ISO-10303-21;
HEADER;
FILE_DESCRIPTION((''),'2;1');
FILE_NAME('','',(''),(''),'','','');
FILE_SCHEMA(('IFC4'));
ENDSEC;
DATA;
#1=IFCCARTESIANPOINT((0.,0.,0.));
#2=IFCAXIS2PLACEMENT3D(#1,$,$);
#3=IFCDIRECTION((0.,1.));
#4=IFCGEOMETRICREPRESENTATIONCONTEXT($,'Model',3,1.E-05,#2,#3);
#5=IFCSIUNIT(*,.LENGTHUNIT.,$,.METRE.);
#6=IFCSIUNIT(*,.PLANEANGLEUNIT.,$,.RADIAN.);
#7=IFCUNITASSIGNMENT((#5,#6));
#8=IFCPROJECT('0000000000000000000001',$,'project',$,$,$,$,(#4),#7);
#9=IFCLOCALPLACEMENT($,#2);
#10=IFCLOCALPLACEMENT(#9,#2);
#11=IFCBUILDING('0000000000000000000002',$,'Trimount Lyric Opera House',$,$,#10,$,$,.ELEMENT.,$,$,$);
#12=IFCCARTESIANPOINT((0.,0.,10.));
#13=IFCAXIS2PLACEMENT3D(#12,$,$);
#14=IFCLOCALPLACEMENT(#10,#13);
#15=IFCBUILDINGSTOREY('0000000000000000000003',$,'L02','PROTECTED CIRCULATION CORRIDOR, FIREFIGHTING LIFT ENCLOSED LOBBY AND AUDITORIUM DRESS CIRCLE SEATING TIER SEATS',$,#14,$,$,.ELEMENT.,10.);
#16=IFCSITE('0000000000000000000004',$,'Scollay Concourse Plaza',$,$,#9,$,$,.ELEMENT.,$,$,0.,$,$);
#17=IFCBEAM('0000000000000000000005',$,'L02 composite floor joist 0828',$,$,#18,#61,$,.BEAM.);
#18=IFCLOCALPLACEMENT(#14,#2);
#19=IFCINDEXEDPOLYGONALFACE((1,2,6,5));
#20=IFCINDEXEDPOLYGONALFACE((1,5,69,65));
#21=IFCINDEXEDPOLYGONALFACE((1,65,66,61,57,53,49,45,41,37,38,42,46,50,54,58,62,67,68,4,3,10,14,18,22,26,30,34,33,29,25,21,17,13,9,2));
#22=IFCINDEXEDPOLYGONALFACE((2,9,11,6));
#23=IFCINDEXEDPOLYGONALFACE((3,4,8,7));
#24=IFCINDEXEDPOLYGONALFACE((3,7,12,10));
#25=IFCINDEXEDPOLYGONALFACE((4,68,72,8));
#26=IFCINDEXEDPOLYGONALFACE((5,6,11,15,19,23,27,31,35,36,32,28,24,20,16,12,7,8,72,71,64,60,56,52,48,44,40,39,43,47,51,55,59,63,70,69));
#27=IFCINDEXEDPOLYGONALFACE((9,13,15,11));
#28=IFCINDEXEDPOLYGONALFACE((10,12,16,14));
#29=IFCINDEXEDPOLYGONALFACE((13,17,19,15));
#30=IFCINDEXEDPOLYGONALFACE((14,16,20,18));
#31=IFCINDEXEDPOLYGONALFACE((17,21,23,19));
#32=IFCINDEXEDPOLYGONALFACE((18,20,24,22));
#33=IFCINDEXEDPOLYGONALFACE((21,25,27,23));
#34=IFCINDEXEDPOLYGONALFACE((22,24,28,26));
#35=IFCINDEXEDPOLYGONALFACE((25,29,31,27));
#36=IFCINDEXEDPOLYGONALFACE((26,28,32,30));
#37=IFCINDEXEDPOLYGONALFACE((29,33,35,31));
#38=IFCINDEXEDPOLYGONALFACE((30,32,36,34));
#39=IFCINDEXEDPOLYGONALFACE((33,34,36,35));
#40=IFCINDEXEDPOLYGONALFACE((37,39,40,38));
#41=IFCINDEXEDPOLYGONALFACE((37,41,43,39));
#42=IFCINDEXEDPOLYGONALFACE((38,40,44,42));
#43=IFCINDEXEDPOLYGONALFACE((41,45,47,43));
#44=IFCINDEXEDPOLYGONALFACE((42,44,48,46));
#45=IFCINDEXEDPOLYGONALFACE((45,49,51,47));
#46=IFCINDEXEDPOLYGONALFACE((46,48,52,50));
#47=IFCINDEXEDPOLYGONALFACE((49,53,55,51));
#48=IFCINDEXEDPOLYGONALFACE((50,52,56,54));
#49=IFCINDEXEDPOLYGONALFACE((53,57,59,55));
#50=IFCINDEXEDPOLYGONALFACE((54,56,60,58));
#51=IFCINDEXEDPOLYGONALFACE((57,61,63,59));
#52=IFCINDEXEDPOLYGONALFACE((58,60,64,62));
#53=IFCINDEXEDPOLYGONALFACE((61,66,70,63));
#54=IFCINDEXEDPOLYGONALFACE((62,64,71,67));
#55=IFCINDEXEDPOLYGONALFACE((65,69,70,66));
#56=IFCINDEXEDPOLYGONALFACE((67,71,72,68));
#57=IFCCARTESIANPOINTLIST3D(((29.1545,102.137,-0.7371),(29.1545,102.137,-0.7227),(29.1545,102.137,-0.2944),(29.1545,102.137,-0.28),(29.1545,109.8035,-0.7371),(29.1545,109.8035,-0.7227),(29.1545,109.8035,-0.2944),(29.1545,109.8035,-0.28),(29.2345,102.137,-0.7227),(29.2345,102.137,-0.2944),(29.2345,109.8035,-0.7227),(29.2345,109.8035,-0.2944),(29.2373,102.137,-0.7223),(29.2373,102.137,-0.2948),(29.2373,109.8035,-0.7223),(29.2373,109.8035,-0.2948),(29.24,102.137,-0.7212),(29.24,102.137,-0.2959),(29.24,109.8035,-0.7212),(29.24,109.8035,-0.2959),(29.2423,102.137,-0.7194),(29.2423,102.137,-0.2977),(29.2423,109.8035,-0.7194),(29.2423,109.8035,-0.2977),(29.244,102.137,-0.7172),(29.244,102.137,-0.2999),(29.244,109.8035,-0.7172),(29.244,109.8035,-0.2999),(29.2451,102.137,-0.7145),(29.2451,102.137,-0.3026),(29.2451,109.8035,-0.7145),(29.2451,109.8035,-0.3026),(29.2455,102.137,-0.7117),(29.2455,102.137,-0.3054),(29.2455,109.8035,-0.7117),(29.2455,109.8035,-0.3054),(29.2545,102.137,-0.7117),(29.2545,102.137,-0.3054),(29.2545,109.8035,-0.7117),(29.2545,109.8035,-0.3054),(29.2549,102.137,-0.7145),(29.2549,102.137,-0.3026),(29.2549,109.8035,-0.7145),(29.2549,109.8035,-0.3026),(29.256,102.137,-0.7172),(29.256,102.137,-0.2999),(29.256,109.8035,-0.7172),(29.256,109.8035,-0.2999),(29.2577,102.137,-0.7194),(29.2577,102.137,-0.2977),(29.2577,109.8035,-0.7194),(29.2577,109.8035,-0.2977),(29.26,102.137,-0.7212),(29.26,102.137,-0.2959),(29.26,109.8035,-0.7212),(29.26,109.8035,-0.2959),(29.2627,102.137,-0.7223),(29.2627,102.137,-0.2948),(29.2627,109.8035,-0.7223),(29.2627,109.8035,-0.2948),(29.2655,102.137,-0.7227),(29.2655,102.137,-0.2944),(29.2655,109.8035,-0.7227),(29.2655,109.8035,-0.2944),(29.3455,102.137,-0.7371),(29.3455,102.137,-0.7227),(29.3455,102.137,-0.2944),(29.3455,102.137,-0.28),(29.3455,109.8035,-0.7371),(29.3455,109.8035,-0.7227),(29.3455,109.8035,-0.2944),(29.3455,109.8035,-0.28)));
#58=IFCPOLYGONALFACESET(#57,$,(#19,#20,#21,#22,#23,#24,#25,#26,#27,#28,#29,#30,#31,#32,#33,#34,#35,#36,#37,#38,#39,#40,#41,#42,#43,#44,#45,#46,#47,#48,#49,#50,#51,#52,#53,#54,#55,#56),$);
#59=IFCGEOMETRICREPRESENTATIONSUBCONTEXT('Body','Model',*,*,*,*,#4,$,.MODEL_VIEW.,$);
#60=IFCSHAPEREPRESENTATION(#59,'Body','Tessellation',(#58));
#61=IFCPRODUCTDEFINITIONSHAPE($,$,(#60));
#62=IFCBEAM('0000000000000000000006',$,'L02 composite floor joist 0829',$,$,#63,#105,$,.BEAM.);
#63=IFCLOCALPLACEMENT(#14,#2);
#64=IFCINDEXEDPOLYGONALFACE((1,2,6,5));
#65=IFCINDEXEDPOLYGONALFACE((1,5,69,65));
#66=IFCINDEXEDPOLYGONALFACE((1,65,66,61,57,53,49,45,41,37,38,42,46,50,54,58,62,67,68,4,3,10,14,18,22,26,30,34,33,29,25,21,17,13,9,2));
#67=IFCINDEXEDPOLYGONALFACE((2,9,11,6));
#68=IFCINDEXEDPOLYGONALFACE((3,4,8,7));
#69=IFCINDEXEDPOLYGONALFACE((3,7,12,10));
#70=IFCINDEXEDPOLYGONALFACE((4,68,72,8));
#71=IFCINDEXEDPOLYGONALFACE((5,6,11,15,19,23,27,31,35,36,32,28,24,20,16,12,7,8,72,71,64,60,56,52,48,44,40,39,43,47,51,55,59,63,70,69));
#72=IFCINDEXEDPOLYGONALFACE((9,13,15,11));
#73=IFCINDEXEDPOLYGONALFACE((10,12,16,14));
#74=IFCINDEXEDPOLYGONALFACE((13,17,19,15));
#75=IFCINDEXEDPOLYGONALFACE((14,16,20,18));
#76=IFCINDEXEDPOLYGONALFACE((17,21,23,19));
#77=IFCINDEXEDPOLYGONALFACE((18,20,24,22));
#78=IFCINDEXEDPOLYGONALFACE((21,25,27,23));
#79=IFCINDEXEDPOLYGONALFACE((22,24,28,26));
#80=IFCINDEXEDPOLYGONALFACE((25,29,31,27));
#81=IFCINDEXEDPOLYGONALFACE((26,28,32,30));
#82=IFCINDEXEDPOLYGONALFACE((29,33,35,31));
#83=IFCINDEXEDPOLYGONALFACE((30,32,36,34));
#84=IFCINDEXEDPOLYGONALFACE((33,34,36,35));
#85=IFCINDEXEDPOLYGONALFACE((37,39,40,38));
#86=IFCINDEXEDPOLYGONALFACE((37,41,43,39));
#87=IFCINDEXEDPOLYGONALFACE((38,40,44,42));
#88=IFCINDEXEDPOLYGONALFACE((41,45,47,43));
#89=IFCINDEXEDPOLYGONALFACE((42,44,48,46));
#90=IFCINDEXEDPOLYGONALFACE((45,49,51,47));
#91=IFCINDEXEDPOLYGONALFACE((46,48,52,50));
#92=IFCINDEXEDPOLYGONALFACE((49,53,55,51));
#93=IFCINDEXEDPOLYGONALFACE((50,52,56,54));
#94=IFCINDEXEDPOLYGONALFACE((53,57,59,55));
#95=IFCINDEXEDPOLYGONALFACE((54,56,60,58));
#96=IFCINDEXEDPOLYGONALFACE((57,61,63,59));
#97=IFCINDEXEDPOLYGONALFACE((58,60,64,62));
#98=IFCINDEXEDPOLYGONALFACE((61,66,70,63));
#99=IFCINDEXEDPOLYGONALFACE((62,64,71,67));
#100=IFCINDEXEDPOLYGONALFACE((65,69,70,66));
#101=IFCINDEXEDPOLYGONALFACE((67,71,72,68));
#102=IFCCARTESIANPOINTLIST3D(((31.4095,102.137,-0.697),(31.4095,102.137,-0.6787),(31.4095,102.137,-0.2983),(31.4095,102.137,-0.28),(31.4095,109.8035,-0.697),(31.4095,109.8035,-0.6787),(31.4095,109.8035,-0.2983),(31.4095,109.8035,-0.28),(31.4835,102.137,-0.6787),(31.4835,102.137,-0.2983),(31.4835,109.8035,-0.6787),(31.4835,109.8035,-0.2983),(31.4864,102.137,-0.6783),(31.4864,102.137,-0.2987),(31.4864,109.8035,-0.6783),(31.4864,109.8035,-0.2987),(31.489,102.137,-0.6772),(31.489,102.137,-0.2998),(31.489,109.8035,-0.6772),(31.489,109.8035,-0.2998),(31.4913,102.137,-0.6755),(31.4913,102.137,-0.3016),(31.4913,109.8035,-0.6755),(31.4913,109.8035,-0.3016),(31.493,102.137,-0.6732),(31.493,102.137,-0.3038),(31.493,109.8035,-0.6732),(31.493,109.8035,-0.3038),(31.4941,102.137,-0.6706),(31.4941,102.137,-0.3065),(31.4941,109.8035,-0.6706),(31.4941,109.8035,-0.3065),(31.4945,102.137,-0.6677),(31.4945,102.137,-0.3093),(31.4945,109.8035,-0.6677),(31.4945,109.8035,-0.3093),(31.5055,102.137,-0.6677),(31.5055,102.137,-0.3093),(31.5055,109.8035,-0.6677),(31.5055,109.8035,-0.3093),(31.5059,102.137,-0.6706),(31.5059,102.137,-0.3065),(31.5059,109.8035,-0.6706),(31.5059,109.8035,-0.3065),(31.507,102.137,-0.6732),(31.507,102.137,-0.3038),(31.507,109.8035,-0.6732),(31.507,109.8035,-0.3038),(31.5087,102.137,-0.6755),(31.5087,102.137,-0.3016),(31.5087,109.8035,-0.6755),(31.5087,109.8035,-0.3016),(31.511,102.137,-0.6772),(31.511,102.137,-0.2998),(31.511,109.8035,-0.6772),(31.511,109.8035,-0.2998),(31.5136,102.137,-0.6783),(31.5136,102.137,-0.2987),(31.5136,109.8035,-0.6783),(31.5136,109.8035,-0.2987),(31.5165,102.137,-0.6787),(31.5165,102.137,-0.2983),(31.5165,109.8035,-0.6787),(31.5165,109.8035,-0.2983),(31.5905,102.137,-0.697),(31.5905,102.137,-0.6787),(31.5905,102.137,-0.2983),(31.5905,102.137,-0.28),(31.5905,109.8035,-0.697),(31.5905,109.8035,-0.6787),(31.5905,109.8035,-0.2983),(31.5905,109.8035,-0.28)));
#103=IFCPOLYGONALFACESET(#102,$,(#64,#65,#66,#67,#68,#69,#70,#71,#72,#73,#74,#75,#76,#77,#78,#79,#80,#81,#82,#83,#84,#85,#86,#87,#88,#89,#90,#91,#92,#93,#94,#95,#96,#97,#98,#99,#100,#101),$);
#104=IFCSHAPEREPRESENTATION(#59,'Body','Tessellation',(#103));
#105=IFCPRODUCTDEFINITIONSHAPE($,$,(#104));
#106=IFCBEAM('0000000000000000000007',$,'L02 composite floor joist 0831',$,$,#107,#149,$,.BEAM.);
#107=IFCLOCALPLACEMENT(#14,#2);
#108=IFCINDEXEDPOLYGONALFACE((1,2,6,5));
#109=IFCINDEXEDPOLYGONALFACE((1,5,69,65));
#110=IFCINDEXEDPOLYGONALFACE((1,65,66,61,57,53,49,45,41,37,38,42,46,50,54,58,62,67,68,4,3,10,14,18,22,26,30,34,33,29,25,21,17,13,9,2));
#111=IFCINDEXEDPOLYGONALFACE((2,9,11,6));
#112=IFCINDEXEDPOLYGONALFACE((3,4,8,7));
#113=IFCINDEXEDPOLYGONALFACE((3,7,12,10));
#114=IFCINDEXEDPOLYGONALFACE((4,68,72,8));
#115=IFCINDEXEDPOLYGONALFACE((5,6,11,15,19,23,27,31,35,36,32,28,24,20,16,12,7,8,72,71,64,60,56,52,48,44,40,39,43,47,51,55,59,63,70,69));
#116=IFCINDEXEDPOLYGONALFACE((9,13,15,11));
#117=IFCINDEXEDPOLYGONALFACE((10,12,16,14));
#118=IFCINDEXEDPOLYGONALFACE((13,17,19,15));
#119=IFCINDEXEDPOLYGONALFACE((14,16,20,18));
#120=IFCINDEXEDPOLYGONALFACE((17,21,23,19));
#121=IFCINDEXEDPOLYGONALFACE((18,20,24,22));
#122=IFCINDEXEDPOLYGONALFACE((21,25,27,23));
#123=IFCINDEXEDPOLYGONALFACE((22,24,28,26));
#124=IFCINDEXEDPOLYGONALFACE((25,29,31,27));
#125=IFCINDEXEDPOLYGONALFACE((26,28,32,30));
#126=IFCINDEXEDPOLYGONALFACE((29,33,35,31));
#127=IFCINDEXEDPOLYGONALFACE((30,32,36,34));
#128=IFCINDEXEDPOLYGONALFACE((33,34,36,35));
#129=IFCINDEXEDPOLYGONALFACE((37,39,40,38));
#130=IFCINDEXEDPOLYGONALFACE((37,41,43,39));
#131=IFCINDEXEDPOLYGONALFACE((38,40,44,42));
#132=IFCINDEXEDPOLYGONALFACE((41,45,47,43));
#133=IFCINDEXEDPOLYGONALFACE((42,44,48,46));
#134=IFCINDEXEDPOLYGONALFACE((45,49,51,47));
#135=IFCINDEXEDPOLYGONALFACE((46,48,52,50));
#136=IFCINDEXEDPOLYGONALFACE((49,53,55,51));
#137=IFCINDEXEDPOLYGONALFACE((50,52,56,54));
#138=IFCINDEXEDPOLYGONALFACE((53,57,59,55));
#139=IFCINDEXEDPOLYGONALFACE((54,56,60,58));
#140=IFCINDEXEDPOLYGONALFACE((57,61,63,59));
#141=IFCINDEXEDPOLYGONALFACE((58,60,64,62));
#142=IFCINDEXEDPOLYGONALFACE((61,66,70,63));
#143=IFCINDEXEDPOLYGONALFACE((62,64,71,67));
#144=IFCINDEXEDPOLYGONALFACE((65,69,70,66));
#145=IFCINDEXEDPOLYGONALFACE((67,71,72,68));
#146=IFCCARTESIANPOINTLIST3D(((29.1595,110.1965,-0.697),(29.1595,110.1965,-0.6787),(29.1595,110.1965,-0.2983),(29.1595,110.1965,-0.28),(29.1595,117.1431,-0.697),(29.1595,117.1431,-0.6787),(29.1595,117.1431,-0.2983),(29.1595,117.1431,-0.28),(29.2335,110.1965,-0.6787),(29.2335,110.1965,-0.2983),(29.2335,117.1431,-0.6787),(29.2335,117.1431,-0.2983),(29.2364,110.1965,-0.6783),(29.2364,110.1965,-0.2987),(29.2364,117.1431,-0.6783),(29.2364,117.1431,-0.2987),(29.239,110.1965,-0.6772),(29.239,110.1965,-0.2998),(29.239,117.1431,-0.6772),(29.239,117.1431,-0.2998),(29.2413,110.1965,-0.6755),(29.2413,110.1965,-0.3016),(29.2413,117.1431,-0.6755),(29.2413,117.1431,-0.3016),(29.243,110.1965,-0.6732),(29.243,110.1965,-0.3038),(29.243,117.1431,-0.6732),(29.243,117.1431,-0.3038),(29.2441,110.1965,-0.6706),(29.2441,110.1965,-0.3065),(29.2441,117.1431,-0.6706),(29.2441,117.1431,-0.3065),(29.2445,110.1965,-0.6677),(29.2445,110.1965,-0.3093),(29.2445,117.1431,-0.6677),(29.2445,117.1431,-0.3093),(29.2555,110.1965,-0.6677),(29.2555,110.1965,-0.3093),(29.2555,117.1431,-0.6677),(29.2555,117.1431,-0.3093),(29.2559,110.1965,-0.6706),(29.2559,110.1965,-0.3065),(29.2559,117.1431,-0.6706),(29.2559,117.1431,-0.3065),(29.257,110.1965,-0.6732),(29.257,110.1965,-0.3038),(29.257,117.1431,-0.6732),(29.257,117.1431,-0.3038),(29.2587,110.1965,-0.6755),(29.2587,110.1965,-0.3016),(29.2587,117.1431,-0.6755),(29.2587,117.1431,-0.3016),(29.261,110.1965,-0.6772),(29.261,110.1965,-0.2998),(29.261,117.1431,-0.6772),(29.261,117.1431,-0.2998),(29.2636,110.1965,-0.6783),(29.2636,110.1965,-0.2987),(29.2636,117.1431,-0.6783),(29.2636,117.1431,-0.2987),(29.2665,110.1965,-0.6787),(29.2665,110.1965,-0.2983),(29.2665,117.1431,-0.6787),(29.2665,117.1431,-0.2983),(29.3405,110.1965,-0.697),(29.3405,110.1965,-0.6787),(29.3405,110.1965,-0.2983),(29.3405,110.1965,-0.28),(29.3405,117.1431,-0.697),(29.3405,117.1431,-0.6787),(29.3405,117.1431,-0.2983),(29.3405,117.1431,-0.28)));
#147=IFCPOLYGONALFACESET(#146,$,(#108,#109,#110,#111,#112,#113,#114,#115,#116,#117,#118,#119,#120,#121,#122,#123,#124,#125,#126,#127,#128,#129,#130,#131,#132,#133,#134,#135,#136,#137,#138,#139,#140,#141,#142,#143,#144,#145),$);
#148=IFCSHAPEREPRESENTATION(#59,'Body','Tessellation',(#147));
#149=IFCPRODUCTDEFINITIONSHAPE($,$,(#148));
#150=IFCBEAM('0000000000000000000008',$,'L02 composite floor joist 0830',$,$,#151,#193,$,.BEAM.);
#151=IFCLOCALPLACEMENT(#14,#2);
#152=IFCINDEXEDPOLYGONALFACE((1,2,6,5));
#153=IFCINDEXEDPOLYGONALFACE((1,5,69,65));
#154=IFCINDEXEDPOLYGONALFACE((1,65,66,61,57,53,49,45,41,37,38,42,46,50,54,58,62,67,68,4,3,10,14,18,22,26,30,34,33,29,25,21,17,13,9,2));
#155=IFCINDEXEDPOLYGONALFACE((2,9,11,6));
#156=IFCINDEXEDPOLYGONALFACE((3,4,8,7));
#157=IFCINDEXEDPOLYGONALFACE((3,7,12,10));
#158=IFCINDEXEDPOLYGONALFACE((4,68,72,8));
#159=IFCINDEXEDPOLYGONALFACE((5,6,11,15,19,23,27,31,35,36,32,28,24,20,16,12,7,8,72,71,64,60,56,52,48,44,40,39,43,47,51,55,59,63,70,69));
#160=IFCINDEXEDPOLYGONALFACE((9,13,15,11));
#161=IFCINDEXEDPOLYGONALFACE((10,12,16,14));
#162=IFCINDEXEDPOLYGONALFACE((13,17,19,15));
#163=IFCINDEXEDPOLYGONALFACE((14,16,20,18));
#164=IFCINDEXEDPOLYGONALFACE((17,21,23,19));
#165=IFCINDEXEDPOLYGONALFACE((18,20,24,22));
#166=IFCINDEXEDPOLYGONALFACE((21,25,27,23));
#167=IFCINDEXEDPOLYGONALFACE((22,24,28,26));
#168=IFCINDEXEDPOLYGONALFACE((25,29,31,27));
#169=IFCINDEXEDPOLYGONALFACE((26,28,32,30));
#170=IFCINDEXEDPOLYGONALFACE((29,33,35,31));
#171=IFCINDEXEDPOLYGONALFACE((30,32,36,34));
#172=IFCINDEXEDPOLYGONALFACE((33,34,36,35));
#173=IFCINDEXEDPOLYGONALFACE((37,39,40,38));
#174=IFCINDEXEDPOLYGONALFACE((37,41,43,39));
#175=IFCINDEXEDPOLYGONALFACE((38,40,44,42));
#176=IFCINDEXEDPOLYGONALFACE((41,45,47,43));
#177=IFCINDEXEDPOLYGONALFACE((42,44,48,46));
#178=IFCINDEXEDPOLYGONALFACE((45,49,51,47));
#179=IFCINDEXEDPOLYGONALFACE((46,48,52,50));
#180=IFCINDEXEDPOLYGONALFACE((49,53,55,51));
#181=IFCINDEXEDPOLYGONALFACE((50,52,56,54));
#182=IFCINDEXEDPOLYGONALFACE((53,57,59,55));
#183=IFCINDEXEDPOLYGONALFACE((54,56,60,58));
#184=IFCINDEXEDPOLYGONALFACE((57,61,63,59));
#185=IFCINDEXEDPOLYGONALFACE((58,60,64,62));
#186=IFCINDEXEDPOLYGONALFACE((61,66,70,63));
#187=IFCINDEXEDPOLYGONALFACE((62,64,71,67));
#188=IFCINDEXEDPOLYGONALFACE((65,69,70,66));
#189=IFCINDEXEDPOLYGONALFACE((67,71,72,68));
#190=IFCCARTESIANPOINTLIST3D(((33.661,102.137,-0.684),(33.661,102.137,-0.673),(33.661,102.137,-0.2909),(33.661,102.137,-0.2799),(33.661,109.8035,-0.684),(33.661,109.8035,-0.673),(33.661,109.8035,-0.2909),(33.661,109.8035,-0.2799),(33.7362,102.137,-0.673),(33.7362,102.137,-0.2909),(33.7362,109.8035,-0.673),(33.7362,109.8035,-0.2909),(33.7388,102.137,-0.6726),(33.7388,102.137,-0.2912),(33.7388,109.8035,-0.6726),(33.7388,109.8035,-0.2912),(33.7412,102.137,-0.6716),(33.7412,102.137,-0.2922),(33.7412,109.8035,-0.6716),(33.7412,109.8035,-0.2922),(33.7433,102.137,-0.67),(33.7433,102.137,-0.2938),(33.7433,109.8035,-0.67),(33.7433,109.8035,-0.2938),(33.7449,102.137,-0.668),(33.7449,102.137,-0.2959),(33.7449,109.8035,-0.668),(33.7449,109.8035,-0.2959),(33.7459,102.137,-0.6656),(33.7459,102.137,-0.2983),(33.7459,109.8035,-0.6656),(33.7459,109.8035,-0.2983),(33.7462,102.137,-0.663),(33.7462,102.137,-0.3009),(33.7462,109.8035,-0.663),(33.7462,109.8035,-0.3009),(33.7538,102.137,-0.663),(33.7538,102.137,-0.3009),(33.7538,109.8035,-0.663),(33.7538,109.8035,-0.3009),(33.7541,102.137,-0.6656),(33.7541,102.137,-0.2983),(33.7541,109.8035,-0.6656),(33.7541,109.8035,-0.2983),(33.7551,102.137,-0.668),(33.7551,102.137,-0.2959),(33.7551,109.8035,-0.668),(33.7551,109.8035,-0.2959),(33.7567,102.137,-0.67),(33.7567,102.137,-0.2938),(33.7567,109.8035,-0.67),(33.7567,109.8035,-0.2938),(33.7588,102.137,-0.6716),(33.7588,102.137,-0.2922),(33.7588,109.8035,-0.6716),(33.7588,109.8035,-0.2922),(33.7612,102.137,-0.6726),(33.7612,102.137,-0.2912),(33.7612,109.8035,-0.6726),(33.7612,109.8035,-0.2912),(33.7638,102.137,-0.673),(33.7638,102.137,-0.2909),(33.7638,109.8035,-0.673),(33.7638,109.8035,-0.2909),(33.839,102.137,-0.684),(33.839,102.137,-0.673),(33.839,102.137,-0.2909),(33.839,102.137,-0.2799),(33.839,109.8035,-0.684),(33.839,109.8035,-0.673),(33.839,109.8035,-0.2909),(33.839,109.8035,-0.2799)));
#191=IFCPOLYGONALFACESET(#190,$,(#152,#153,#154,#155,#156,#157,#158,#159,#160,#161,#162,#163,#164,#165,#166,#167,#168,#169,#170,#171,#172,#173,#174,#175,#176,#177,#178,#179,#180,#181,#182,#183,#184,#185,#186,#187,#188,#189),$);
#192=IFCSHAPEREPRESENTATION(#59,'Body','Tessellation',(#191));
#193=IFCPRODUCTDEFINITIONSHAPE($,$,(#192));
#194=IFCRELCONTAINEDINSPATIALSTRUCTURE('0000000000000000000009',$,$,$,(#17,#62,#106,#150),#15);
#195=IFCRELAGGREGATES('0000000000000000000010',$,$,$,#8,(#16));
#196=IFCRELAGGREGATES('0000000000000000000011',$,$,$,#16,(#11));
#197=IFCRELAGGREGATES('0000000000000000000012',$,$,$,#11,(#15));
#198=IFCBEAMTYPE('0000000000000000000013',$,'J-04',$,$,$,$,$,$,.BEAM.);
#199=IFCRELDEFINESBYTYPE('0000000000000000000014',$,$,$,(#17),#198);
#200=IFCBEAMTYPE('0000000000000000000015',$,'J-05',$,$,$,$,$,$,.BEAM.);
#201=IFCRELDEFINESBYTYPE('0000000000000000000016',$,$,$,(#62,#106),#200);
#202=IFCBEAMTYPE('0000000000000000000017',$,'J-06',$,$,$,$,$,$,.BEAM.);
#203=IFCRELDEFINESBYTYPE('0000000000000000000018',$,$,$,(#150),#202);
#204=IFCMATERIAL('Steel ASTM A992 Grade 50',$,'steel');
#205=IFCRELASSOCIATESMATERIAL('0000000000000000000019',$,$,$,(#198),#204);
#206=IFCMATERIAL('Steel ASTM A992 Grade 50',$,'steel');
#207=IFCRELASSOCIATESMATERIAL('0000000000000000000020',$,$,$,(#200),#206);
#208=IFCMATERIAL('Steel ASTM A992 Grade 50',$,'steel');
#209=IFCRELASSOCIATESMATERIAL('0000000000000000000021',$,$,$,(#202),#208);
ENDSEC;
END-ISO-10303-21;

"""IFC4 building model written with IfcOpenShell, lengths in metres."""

from ifc_helpers import new_model, si_unit, direction, frame, origin, origin_2d, place, context, subcontext, project, spatial, i_section, extrude, material, material_profile, profile_set, type_object, element, save


model = new_model("IFC4")

# Units and contexts
model_context = context("Model", 3, precision=1e-05, world=origin(), true_north=direction((0.0, 1.0)))
body_context = subcontext(model_context, "Body", "Model", "MODEL_VIEW")
ifc_project = project(units=[si_unit("LENGTHUNIT", "METRE"), si_unit("PLANEANGLEUNIT", "RADIAN")], contexts=[model_context])

# Site, building, storey
site_placement = place(None, origin())
site = spatial("IfcSite", under=ifc_project, at=site_placement, Name="Scollay Concourse Plaza", CompositionType="ELEMENT", RefElevation=0.0)
building_placement = place(site_placement, origin())
building = spatial("IfcBuilding", under=site, at=building_placement, Name="Trimount Lyric Opera House", CompositionType="ELEMENT")
storey_placement = place(building_placement, frame((0.0, 0.0, 10.0)))
storey = spatial("IfcBuildingStorey", under=building, at=storey_placement, Name="L02", Description="PROTECTED CIRCULATION CORRIDOR, FIREFIGHTING LIFT ENCLOSED LOBBY AND AUDITORIUM DRESS CIRCLE SEATING TIER SEATS", CompositionType="ELEMENT", Elevation=10.0)

# Beams
ifc_material_1 = material(Name="Steel ASTM A992 Grade 50", Category="steel")
ifc_material_profile_1 = material_profile(ifc_material_1, i_section(OverallWidth=0.1909, OverallDepth=0.457, WebThickness=0.009, FlangeThickness=0.0144, FilletRadius=0.011, at=origin_2d()), Name="W18X50")
ifc_profile_set_1 = profile_set([ifc_material_profile_1], Name="Steel ASTM A992 Grade 50")
beam_type_1 = type_object("IfcBeamType", Name="J-04", PredefinedType="BEAM", material=ifc_profile_set_1)
beam_1_placement = place(storey_placement, frame((29.25, 102.137, -0.5085), z_axis=(0.0, 1.0, 0.0), x_axis=(-1.0, 0.0, 0.0)))
element("IfcBeam", 1, at=beam_1_placement, inside=storey, type_object=beam_type_1, Name="L02 composite floor joist 0828", PredefinedType="BEAM", context=body_context, shape_type="SweptSolid", body=[
    extrude(i_section(OverallWidth=0.1909, OverallDepth=0.457, WebThickness=0.009, FlangeThickness=0.0144, FilletRadius=0.011, at=origin_2d()), origin(), (0.0, 0.0, 1.0), 7.6665),
])
ifc_material_2 = material(Name="Steel ASTM A992 Grade 50", Category="steel")
ifc_material_profile_2 = material_profile(ifc_material_2, i_section(OverallWidth=0.1809, OverallDepth=0.417, WebThickness=0.011, FlangeThickness=0.0183, FilletRadius=0.011, at=origin_2d()), Name="W16X57")
ifc_profile_set_2 = profile_set([ifc_material_profile_2], Name="Steel ASTM A992 Grade 50")
beam_type_2 = type_object("IfcBeamType", Name="J-05", PredefinedType="BEAM", material=ifc_profile_set_2)
beam_2_placement = place(storey_placement, frame((31.5, 102.137, -0.4885), z_axis=(0.0, 1.0, 0.0), x_axis=(-1.0, 0.0, 0.0)))
element("IfcBeam", 2, at=beam_2_placement, inside=storey, type_object=beam_type_2, Name="L02 composite floor joist 0829", PredefinedType="BEAM", context=body_context, shape_type="SweptSolid", body=[
    extrude(i_section(OverallWidth=0.1809, OverallDepth=0.417, WebThickness=0.011, FlangeThickness=0.0183, FilletRadius=0.011, at=origin_2d()), origin(), (0.0, 0.0, 1.0), 7.6665),
])
beam_3_placement = place(storey_placement, frame((29.25, 110.1965, -0.4885), z_axis=(0.0, 1.0, 0.0), x_axis=(-1.0, 0.0, 0.0)))
element("IfcBeam", 3, at=beam_3_placement, inside=storey, type_object=beam_type_2, Name="L02 composite floor joist 0831", PredefinedType="BEAM", context=body_context, shape_type="SweptSolid", body=[
    extrude(i_section(OverallWidth=0.1809, OverallDepth=0.417, WebThickness=0.011, FlangeThickness=0.0183, FilletRadius=0.011, at=origin_2d()), origin(), (0.0, 0.0, 1.0), 6.9465),
])
ifc_material_3 = material(Name="Steel ASTM A992 Grade 50", Category="steel")
ifc_material_profile_3 = material_profile(ifc_material_3, i_section(OverallWidth=0.178, OverallDepth=0.4041, WebThickness=0.0076, FlangeThickness=0.011, FilletRadius=0.01, at=origin_2d()), Name="W16X36")
ifc_profile_set_3 = profile_set([ifc_material_profile_3], Name="Steel ASTM A992 Grade 50")
beam_type_3 = type_object("IfcBeamType", Name="J-06", PredefinedType="BEAM", material=ifc_profile_set_3)
beam_4_placement = place(storey_placement, frame((33.75, 102.137, -0.4819), z_axis=(0.0, 1.0, 0.0), x_axis=(-1.0, 0.0, 0.0)))
element("IfcBeam", 4, at=beam_4_placement, inside=storey, type_object=beam_type_3, Name="L02 composite floor joist 0830", PredefinedType="BEAM", context=body_context, shape_type="SweptSolid", body=[
    extrude(i_section(OverallWidth=0.178, OverallDepth=0.4041, WebThickness=0.0076, FlangeThickness=0.011, FilletRadius=0.01, at=origin_2d()), origin(), (0.0, 0.0, 1.0), 7.6665),
])

save(model, "model.ifc")
